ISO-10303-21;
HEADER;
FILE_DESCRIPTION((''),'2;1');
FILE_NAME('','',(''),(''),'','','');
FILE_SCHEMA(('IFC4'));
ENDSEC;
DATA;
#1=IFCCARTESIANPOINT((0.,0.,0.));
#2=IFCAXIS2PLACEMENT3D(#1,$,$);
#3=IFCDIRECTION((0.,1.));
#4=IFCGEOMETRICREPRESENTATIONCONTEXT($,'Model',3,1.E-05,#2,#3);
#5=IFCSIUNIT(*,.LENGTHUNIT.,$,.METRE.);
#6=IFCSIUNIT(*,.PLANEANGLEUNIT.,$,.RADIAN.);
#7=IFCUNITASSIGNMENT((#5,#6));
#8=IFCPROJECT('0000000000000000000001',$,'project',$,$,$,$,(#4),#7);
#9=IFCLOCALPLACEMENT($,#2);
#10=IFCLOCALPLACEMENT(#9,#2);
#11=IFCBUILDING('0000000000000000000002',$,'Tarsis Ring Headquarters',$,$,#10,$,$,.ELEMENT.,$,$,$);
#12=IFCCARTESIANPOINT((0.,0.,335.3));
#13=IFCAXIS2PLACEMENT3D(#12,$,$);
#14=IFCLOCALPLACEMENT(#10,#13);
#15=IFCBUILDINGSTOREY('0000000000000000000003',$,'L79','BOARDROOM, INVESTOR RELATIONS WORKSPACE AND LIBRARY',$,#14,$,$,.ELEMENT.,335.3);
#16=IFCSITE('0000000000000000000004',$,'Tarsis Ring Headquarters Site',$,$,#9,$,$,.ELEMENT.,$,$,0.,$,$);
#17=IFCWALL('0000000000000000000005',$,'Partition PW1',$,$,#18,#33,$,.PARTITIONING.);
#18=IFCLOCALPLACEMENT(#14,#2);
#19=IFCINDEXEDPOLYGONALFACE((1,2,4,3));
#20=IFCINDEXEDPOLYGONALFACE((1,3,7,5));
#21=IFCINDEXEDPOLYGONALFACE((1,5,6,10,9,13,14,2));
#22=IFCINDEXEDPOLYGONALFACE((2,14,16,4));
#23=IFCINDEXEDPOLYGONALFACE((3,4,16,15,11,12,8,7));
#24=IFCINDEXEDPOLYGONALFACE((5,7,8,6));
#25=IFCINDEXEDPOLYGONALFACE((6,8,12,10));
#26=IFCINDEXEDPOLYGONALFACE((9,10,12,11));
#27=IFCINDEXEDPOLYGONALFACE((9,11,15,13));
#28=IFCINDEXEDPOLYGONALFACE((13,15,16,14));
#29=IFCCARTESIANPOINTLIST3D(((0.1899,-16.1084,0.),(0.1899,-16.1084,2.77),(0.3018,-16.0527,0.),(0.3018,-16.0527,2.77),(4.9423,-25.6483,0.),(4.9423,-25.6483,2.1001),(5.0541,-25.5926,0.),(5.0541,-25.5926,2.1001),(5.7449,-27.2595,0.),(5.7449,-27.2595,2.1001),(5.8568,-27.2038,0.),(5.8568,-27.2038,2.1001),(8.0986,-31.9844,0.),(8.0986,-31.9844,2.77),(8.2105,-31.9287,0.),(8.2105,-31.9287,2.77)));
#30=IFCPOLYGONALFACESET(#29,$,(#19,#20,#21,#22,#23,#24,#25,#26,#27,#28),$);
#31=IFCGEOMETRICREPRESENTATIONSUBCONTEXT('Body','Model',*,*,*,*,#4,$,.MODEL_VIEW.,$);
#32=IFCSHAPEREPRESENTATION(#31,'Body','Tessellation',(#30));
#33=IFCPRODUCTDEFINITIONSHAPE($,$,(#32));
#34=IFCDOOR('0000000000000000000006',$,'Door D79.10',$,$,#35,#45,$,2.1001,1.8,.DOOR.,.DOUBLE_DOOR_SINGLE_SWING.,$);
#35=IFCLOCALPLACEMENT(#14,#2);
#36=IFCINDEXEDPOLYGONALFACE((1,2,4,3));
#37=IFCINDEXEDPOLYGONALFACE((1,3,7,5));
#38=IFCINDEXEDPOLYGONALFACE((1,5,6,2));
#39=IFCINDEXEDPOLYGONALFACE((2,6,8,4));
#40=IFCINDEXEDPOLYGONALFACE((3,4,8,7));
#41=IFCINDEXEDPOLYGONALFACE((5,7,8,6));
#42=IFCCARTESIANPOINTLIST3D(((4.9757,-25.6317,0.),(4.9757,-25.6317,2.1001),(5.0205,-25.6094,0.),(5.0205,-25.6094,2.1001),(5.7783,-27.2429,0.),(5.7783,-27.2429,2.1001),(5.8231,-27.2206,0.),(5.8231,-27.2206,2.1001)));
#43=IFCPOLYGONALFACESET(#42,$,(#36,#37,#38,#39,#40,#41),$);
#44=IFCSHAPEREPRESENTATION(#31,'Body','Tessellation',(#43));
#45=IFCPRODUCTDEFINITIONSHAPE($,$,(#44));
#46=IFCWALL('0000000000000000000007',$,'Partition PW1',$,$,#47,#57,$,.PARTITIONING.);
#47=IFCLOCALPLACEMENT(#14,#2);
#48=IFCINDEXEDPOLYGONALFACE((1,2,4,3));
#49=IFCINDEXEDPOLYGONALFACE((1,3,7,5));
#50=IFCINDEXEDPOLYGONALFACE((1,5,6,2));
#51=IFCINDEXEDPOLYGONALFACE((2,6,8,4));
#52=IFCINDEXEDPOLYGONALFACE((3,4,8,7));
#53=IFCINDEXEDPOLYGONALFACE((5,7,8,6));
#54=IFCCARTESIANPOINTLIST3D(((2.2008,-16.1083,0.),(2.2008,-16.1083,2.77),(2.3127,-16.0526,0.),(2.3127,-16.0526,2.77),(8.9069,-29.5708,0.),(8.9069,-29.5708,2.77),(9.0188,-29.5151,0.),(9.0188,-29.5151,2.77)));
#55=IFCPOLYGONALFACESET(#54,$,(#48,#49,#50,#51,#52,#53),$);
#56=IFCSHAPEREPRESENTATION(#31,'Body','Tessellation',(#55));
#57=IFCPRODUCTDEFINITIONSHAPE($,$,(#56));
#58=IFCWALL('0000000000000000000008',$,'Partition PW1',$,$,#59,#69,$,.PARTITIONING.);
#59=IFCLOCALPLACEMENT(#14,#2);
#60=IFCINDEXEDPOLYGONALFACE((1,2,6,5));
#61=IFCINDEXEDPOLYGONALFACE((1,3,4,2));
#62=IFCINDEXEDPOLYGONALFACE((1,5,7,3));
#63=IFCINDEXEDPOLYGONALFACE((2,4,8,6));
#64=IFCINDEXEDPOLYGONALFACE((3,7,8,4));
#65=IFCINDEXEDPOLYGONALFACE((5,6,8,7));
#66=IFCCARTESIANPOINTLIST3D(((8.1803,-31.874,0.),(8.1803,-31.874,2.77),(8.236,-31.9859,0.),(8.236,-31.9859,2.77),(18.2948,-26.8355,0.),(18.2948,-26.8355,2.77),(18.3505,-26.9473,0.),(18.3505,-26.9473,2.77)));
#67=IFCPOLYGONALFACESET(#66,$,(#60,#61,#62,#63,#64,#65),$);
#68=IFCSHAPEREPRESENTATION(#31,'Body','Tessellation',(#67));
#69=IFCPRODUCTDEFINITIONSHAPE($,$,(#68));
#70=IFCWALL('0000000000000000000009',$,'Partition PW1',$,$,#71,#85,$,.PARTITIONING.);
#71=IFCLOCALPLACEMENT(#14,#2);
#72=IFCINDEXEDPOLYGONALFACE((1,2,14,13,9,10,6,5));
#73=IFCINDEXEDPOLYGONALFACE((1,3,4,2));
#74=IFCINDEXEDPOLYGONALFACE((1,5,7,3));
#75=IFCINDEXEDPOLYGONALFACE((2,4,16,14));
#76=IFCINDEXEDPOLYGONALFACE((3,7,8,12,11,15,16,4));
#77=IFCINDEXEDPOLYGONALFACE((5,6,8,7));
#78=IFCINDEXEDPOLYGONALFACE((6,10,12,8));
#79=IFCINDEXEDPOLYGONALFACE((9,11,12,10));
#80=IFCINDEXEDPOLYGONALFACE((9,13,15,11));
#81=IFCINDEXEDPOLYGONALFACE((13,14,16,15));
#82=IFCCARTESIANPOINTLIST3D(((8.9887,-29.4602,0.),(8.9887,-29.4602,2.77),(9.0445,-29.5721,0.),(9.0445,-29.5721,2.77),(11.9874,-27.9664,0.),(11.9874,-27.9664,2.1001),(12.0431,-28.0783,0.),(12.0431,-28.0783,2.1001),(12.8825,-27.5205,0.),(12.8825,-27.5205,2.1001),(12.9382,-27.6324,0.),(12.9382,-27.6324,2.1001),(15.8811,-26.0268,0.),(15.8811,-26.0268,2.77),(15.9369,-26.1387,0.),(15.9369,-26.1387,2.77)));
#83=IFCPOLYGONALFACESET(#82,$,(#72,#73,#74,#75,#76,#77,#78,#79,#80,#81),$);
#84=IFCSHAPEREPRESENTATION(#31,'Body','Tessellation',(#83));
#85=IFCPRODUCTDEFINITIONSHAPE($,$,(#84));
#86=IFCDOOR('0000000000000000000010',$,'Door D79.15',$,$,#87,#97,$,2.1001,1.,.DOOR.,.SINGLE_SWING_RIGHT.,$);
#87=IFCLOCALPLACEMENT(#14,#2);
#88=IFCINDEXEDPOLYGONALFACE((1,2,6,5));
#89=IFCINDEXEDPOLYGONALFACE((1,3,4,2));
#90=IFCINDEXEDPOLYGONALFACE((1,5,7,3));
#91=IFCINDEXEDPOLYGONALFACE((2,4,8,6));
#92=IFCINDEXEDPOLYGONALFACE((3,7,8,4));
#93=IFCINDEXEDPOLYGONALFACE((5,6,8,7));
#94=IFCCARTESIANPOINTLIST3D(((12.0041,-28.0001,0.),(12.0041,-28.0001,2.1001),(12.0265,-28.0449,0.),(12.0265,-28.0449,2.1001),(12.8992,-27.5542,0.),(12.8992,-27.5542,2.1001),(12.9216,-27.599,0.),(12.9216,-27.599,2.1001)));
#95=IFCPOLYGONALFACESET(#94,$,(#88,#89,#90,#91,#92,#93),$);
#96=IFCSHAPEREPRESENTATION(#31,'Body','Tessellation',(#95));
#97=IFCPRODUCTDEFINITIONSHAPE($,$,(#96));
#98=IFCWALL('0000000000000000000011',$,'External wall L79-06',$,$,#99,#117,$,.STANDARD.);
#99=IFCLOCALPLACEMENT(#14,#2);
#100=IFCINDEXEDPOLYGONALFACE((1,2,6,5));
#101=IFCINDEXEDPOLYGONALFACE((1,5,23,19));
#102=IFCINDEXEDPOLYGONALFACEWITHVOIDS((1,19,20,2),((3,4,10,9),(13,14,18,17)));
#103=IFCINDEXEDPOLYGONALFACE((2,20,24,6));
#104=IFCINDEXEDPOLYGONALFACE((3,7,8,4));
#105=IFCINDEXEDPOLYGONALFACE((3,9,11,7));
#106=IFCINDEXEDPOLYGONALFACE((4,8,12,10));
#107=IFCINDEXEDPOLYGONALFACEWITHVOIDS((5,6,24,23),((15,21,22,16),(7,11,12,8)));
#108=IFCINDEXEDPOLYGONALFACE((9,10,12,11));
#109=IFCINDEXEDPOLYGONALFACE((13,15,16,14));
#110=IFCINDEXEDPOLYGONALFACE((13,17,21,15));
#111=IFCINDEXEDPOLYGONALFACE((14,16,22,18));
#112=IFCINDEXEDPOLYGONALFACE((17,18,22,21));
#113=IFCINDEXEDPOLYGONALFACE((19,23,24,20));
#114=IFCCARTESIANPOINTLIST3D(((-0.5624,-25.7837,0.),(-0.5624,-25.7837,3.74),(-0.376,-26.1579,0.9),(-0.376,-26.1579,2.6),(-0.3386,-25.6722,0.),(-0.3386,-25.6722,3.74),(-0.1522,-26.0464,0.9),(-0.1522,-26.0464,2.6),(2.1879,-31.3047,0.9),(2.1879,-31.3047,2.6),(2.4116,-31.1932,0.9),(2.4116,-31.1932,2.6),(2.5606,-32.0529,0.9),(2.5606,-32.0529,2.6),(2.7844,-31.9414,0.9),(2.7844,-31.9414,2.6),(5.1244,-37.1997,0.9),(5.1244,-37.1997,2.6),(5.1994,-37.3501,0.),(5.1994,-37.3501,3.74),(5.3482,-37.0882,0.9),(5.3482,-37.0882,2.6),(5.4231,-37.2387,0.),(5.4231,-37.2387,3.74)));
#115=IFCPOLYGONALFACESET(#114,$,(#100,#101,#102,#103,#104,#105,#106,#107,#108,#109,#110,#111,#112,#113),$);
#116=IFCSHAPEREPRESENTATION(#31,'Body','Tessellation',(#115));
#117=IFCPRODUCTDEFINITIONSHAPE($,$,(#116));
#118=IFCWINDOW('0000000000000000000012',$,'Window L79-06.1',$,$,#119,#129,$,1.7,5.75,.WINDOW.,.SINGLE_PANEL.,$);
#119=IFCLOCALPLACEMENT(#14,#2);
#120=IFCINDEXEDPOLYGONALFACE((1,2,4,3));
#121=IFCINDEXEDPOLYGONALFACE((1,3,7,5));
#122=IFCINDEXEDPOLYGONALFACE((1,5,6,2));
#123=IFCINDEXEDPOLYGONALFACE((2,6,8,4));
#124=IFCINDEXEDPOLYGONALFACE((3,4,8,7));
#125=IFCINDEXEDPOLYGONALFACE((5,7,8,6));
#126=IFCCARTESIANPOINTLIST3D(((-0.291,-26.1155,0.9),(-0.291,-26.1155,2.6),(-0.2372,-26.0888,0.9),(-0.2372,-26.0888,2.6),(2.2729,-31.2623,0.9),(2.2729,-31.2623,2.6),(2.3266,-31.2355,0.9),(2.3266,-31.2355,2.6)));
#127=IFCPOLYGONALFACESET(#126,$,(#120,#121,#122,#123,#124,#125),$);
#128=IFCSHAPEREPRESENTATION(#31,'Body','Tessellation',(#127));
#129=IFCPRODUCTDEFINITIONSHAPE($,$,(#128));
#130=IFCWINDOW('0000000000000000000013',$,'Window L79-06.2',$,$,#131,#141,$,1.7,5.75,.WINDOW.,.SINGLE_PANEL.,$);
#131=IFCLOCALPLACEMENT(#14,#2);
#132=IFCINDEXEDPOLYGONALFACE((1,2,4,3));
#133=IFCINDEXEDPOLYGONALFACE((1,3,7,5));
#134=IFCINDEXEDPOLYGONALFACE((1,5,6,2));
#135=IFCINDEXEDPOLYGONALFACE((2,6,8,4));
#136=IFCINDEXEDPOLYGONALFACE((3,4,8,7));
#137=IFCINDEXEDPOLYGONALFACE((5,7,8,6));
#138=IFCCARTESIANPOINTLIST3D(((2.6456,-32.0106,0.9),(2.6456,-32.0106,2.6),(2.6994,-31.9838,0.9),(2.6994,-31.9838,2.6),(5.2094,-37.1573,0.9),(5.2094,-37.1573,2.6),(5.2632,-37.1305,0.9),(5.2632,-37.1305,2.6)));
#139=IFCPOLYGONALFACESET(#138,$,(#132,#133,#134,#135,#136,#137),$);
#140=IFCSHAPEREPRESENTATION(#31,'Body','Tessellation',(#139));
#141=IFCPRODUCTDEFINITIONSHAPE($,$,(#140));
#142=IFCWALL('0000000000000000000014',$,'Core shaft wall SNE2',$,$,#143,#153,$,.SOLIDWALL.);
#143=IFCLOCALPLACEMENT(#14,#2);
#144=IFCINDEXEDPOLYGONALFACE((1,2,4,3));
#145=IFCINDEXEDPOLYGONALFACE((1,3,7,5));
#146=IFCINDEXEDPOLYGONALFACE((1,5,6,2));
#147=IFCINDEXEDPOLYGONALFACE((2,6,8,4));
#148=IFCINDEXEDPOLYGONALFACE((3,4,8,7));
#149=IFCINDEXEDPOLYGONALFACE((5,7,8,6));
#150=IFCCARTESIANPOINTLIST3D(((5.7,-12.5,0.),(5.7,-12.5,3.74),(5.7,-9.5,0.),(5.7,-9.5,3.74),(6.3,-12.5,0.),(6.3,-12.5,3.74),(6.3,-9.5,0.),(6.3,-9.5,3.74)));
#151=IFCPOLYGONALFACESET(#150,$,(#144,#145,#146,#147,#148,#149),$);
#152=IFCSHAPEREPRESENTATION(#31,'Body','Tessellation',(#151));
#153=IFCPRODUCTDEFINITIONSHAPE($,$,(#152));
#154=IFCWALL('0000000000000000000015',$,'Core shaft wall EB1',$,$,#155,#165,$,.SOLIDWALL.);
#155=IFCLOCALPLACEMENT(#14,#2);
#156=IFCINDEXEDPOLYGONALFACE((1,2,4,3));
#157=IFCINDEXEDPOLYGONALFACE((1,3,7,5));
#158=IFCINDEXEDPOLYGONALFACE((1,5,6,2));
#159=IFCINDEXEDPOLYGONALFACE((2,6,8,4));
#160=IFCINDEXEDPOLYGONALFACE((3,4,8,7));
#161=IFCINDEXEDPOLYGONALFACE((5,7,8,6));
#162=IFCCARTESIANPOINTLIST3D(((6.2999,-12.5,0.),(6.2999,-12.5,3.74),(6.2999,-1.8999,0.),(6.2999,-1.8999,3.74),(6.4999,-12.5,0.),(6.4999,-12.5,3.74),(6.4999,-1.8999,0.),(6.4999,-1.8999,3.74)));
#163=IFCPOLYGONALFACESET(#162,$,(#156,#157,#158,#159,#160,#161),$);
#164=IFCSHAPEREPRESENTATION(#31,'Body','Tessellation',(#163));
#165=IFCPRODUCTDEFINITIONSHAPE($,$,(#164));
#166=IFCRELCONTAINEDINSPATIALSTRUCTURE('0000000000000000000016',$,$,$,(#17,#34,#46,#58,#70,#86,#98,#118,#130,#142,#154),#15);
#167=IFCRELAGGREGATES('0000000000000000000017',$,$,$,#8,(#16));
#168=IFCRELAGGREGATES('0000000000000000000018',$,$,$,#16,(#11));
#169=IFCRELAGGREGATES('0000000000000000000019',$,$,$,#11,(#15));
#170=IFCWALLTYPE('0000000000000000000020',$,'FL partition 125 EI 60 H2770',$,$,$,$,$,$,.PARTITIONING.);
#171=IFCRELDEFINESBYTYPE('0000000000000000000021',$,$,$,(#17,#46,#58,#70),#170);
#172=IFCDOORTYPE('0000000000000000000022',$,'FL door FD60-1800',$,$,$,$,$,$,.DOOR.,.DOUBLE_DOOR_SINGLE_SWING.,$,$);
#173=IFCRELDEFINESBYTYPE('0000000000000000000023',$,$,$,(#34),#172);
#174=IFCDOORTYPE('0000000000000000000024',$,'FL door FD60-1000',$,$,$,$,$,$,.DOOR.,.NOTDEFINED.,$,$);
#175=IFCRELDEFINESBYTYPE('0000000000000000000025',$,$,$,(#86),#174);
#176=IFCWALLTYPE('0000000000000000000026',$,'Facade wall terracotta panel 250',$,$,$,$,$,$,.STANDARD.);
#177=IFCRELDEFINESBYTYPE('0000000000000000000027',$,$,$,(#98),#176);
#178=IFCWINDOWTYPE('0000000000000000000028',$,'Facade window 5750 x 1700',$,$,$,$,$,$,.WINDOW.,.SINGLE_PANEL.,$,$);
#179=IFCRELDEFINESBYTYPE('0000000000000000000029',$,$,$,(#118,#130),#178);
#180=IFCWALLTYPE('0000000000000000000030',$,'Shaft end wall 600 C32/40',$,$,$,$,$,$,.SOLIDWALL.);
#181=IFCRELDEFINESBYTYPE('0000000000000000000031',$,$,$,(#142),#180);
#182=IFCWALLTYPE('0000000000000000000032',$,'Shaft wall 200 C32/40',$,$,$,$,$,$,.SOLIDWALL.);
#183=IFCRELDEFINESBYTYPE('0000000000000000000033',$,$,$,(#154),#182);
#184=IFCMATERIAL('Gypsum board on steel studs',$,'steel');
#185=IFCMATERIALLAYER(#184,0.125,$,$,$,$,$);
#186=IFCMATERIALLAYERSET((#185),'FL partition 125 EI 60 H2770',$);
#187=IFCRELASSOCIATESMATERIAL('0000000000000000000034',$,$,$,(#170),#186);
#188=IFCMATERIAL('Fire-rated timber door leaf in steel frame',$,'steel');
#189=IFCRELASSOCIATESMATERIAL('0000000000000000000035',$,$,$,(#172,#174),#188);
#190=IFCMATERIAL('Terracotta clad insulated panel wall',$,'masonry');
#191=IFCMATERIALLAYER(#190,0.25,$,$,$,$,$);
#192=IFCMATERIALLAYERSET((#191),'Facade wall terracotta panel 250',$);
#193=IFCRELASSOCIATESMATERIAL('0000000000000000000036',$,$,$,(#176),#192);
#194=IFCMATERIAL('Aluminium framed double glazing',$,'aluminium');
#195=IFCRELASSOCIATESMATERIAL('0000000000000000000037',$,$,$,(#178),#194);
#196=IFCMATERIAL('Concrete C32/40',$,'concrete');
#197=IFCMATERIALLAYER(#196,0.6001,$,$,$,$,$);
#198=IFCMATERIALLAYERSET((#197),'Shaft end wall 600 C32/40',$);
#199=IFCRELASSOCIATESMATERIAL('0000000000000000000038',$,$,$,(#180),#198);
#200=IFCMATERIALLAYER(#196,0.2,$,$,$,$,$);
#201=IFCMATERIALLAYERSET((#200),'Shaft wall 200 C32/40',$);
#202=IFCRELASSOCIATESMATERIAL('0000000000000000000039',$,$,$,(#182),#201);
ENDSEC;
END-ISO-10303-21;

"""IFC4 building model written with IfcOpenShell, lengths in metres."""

from ifc_helpers import new_model, si_unit, direction, frame, frame_2d, origin, place, context, subcontext, project, spatial, rectangle, extrude, material, layer, layer_set, type_object, element, fill, save


model = new_model("IFC4")

# Units and contexts
model_context = context("Model", 3, precision=1e-05, world=origin(), true_north=direction((0.0, 1.0)))
body_context = subcontext(model_context, "Body", "Model", "MODEL_VIEW")
ifc_project = project(units=[si_unit("LENGTHUNIT", "METRE"), si_unit("PLANEANGLEUNIT", "RADIAN")], contexts=[model_context])

# Site, building, storey
site_placement = place(None, origin())
site = spatial("IfcSite", under=ifc_project, at=site_placement, Name="Tarsis Ring Headquarters Site", CompositionType="ELEMENT", RefElevation=0.0)
building_placement = place(site_placement, origin())
building = spatial("IfcBuilding", under=site, at=building_placement, Name="Tarsis Ring Headquarters", CompositionType="ELEMENT")
storey_placement = place(building_placement, frame((0.0, 0.0, 335.3)))
storey = spatial("IfcBuildingStorey", under=building, at=storey_placement, Name="L79", Description="BOARDROOM, INVESTOR RELATIONS WORKSPACE AND LIBRARY", CompositionType="ELEMENT", Elevation=335.3)

# Shared definitions
ifc_material_1 = material(Name="Gypsum board on steel studs", Category="steel")

# Wall, opening, door
ifc_layer_1 = layer(ifc_material_1, 0.125)
ifc_layer_set_1 = layer_set([ifc_layer_1], Name="FL partition 125 EI 60 H2770")
wall_type_1 = type_object("IfcWallType", Name="FL partition 125 EI 60 H2770", PredefinedType="PARTITIONING", material=ifc_layer_set_1)
wall_1_placement = place(storey_placement, frame((0.2458, -16.0806, 0.0), z_axis=(0.0, 0.0, 1.0), x_axis=(0.445892, -0.895087, 0.0)))
wall_1 = element("IfcWall", 1, at=wall_1_placement, inside=storey, type_object=wall_type_1, Name="Partition PW1", PredefinedType="PARTITIONING", context=body_context, shape_type="SweptSolid", body=[
    extrude(rectangle(XDim=17.7368, YDim=0.125, at=frame_2d((8.8684, 0.0))), origin(), (0.0, 0.0, 1.0), 2.77),
])
opening_1_placement = place(wall_1_placement, frame((10.6582, 0.0, 0.0)))
opening_1 = element("IfcOpeningElement", 2, at=opening_1_placement, cuts=wall_1, PredefinedType="OPENING", context=body_context, shape_type="SweptSolid", body=[
    extrude(rectangle(XDim=1.8, YDim=2.1001, at=frame_2d((0.8999, 1.05))), frame((0.0, 0.0725, 0.0), z_axis=(0.0, -1.0, 0.0), x_axis=(1.0, 0.0, 0.0)), (0.0, 0.0, 1.0), 0.145),
])
ifc_material_2 = material(Name="Fire-rated timber door leaf in steel frame", Category="steel")
door_type_1 = type_object("IfcDoorType", Name="FL door FD60-1800", OperationType="DOUBLE_DOOR_SINGLE_SWING", PredefinedType="DOOR", material=ifc_material_2)
door_1_placement = place(opening_1_placement, origin())
door_1 = element("IfcDoor", 3, at=door_1_placement, inside=storey, type_object=door_type_1, Name="Door D79.10", OperationType="DOUBLE_DOOR_SINGLE_SWING", OverallHeight=2.1001, OverallWidth=1.8, PredefinedType="DOOR", context=body_context, shape_type="SweptSolid", body=[
    extrude(rectangle(XDim=1.8, YDim=2.1001, at=frame_2d((0.8999, 1.05))), frame((0.0, 0.0249, 0.0), z_axis=(0.0, -1.0, 0.0), x_axis=(1.0, 0.0, 0.0)), (0.0, 0.0, 1.0), 0.05),
])
fill(opening_1, door_1)

# Walls
wall_2_placement = place(storey_placement, frame((2.2568, -16.0806, 0.0), z_axis=(0.0, 0.0, 1.0), x_axis=(0.445876, -0.895095, 0.0)))
element("IfcWall", 4, at=wall_2_placement, inside=storey, type_object=wall_type_1, Name="Partition PW1", PredefinedType="PARTITIONING", context=body_context, shape_type="SweptSolid", body=[
    extrude(rectangle(XDim=15.0403, YDim=0.125, at=frame_2d((7.52, 0.0))), origin(), (0.0, 0.0, 1.0), 2.77),
])
wall_3_placement = place(storey_placement, frame((8.2083, -31.9299, 0.0), z_axis=(0.0, 0.0, 1.0), x_axis=(0.895087, 0.445891, 0.0)))
element("IfcWall", 5, at=wall_3_placement, inside=storey, type_object=wall_type_1, Name="Partition PW1", PredefinedType="PARTITIONING", context=body_context, shape_type="SweptSolid", body=[
    extrude(rectangle(XDim=11.3, YDim=0.125, at=frame_2d((5.6499, 0.0))), origin(), (0.0, 0.0, 1.0), 2.77),
])

# Wall, opening, door
wall_4_placement = place(storey_placement, frame((9.0166, -29.5161, 0.0), z_axis=(0.0, 0.0, 1.0), x_axis=(0.895092, 0.445881, 0.0)))
wall_4 = element("IfcWall", 6, at=wall_4_placement, inside=storey, type_object=wall_type_1, Name="Partition PW1", PredefinedType="PARTITIONING", context=body_context, shape_type="SweptSolid", body=[
    extrude(rectangle(XDim=7.7002, YDim=0.125, at=frame_2d((3.8501, 0.0))), origin(), (0.0, 0.0, 1.0), 2.77),
])
opening_2_placement = place(wall_4_placement, frame((3.3501, 0.0, 0.0)))
opening_2 = element("IfcOpeningElement", 7, at=opening_2_placement, cuts=wall_4, PredefinedType="OPENING", context=body_context, shape_type="SweptSolid", body=[
    extrude(rectangle(XDim=1.0, YDim=2.1001, at=frame_2d((0.5, 1.05))), frame((0.0, 0.0725, 0.0), z_axis=(0.0, -1.0, 0.0), x_axis=(1.0, 0.0, 0.0)), (0.0, 0.0, 1.0), 0.145),
])
door_type_2 = type_object("IfcDoorType", Name="FL door FD60-1000", OperationType="NOTDEFINED", PredefinedType="DOOR", material=ifc_material_2)
door_2_placement = place(opening_2_placement, origin())
door_2 = element("IfcDoor", 8, at=door_2_placement, inside=storey, type_object=door_type_2, Name="Door D79.15", OperationType="SINGLE_SWING_RIGHT", OverallHeight=2.1001, OverallWidth=1.0, PredefinedType="DOOR", context=body_context, shape_type="SweptSolid", body=[
    extrude(rectangle(XDim=1.0, YDim=2.1001, at=frame_2d((0.5, 1.05))), frame((0.0, 0.0249, 0.0), z_axis=(0.0, -1.0, 0.0), x_axis=(1.0, 0.0, 0.0)), (0.0, 0.0, 1.0), 0.05),
])
fill(opening_2, door_2)

# Wall, openings, windows
ifc_material_3 = material(Name="Terracotta clad insulated panel wall", Category="masonry")
ifc_layer_2 = layer(ifc_material_3, 0.25)
ifc_layer_set_2 = layer_set([ifc_layer_2], Name="Facade wall terracotta panel 250")
wall_type_2 = type_object("IfcWallType", Name="Facade wall terracotta panel 250", PredefinedType="STANDARD", material=ifc_layer_set_2)
wall_5_placement = place(storey_placement, frame((-0.4504, -25.728, 0.0), z_axis=(0.0, 0.0, 1.0), x_axis=(0.445883, -0.895091, 0.0)))
wall_5 = element("IfcWall", 9, at=wall_5_placement, inside=storey, type_object=wall_type_2, Name="External wall L79-06", PredefinedType="STANDARD", context=body_context, shape_type="SweptSolid", body=[
    extrude(rectangle(XDim=12.9221, YDim=0.25, at=frame_2d((6.4609, 0.0))), origin(), (0.0, 0.0, 1.0), 3.74),
])
opening_3_placement = place(wall_5_placement, frame((0.418, 0.0, 0.8999)))
opening_3 = element("IfcOpeningElement", 10, at=opening_3_placement, cuts=wall_5, PredefinedType="OPENING", context=body_context, shape_type="SweptSolid", body=[
    extrude(rectangle(XDim=5.75, YDim=1.7, at=frame_2d((2.875, 0.8501))), frame((0.0, 0.135, 0.0), z_axis=(0.0, -1.0, 0.0), x_axis=(1.0, 0.0, 0.0)), (0.0, 0.0, 1.0), 0.27),
])
opening_4_placement = place(wall_5_placement, frame((7.0039, 0.0, 0.8999)))
opening_4 = element("IfcOpeningElement", 11, at=opening_4_placement, cuts=wall_5, PredefinedType="OPENING", context=body_context, shape_type="SweptSolid", body=[
    extrude(rectangle(XDim=5.75, YDim=1.7, at=frame_2d((2.875, 0.8501))), frame((0.0, 0.135, 0.0), z_axis=(0.0, -1.0, 0.0), x_axis=(1.0, 0.0, 0.0)), (0.0, 0.0, 1.0), 0.27),
])
ifc_material_4 = material(Name="Aluminium framed double glazing", Category="aluminium")
window_type = type_object("IfcWindowType", Name="Facade window 5750 x 1700", PartitioningType="SINGLE_PANEL", PredefinedType="WINDOW", material=ifc_material_4)
window_1_placement = place(opening_3_placement, origin())
window_1 = element("IfcWindow", 12, at=window_1_placement, inside=storey, type_object=window_type, Name="Window L79-06.1", OverallHeight=1.7, OverallWidth=5.75, PartitioningType="SINGLE_PANEL", PredefinedType="WINDOW", context=body_context, shape_type="SweptSolid", body=[
    extrude(rectangle(XDim=5.75, YDim=1.7, at=frame_2d((2.875, 0.8501))), frame((0.0, 0.03, 0.0), z_axis=(0.0, -1.0, 0.0), x_axis=(1.0, 0.0, 0.0)), (0.0, 0.0, 1.0), 0.0601),
])
fill(opening_3, window_1)
window_2_placement = place(opening_4_placement, origin())
window_2 = element("IfcWindow", 13, at=window_2_placement, inside=storey, type_object=window_type, Name="Window L79-06.2", OverallHeight=1.7, OverallWidth=5.75, PartitioningType="SINGLE_PANEL", PredefinedType="WINDOW", context=body_context, shape_type="SweptSolid", body=[
    extrude(rectangle(XDim=5.75, YDim=1.7, at=frame_2d((2.875, 0.8501))), frame((0.0, 0.03, 0.0), z_axis=(0.0, -1.0, 0.0), x_axis=(1.0, 0.0, 0.0)), (0.0, 0.0, 1.0), 0.0601),
])
fill(opening_4, window_2)

# Walls
ifc_material_5 = material(Name="Concrete C32/40", Category="concrete")
ifc_layer_3 = layer(ifc_material_5, 0.6001)
ifc_layer_set_3 = layer_set([ifc_layer_3], Name="Shaft end wall 600 C32/40")
wall_type_3 = type_object("IfcWallType", Name="Shaft end wall 600 C32/40", PredefinedType="SOLIDWALL", material=ifc_layer_set_3)
wall_6_placement = place(storey_placement, frame((6.0, -12.5, 0.0), z_axis=(0.0, 0.0, 1.0), x_axis=(0.0, 1.0, 0.0)))
element("IfcWall", 14, at=wall_6_placement, inside=storey, type_object=wall_type_3, Name="Core shaft wall SNE2", PredefinedType="SOLIDWALL", context=body_context, shape_type="SweptSolid", body=[
    extrude(rectangle(XDim=3.0, YDim=0.6001, at=frame_2d((1.5, 0.0))), origin(), (0.0, 0.0, 1.0), 3.74),
])
ifc_layer_4 = layer(ifc_material_5, 0.2)
ifc_layer_set_4 = layer_set([ifc_layer_4], Name="Shaft wall 200 C32/40")
wall_type_4 = type_object("IfcWallType", Name="Shaft wall 200 C32/40", PredefinedType="SOLIDWALL", material=ifc_layer_set_4)
wall_7_placement = place(storey_placement, frame((6.3999, -12.5, 0.0), z_axis=(0.0, 0.0, 1.0), x_axis=(0.0, 1.0, 0.0)))
element("IfcWall", 15, at=wall_7_placement, inside=storey, type_object=wall_type_4, Name="Core shaft wall EB1", PredefinedType="SOLIDWALL", context=body_context, shape_type="SweptSolid", body=[
    extrude(rectangle(XDim=10.6001, YDim=0.2, at=frame_2d((5.3, 0.0))), origin(), (0.0, 0.0, 1.0), 3.74),
])

save(model, "model.ifc")
